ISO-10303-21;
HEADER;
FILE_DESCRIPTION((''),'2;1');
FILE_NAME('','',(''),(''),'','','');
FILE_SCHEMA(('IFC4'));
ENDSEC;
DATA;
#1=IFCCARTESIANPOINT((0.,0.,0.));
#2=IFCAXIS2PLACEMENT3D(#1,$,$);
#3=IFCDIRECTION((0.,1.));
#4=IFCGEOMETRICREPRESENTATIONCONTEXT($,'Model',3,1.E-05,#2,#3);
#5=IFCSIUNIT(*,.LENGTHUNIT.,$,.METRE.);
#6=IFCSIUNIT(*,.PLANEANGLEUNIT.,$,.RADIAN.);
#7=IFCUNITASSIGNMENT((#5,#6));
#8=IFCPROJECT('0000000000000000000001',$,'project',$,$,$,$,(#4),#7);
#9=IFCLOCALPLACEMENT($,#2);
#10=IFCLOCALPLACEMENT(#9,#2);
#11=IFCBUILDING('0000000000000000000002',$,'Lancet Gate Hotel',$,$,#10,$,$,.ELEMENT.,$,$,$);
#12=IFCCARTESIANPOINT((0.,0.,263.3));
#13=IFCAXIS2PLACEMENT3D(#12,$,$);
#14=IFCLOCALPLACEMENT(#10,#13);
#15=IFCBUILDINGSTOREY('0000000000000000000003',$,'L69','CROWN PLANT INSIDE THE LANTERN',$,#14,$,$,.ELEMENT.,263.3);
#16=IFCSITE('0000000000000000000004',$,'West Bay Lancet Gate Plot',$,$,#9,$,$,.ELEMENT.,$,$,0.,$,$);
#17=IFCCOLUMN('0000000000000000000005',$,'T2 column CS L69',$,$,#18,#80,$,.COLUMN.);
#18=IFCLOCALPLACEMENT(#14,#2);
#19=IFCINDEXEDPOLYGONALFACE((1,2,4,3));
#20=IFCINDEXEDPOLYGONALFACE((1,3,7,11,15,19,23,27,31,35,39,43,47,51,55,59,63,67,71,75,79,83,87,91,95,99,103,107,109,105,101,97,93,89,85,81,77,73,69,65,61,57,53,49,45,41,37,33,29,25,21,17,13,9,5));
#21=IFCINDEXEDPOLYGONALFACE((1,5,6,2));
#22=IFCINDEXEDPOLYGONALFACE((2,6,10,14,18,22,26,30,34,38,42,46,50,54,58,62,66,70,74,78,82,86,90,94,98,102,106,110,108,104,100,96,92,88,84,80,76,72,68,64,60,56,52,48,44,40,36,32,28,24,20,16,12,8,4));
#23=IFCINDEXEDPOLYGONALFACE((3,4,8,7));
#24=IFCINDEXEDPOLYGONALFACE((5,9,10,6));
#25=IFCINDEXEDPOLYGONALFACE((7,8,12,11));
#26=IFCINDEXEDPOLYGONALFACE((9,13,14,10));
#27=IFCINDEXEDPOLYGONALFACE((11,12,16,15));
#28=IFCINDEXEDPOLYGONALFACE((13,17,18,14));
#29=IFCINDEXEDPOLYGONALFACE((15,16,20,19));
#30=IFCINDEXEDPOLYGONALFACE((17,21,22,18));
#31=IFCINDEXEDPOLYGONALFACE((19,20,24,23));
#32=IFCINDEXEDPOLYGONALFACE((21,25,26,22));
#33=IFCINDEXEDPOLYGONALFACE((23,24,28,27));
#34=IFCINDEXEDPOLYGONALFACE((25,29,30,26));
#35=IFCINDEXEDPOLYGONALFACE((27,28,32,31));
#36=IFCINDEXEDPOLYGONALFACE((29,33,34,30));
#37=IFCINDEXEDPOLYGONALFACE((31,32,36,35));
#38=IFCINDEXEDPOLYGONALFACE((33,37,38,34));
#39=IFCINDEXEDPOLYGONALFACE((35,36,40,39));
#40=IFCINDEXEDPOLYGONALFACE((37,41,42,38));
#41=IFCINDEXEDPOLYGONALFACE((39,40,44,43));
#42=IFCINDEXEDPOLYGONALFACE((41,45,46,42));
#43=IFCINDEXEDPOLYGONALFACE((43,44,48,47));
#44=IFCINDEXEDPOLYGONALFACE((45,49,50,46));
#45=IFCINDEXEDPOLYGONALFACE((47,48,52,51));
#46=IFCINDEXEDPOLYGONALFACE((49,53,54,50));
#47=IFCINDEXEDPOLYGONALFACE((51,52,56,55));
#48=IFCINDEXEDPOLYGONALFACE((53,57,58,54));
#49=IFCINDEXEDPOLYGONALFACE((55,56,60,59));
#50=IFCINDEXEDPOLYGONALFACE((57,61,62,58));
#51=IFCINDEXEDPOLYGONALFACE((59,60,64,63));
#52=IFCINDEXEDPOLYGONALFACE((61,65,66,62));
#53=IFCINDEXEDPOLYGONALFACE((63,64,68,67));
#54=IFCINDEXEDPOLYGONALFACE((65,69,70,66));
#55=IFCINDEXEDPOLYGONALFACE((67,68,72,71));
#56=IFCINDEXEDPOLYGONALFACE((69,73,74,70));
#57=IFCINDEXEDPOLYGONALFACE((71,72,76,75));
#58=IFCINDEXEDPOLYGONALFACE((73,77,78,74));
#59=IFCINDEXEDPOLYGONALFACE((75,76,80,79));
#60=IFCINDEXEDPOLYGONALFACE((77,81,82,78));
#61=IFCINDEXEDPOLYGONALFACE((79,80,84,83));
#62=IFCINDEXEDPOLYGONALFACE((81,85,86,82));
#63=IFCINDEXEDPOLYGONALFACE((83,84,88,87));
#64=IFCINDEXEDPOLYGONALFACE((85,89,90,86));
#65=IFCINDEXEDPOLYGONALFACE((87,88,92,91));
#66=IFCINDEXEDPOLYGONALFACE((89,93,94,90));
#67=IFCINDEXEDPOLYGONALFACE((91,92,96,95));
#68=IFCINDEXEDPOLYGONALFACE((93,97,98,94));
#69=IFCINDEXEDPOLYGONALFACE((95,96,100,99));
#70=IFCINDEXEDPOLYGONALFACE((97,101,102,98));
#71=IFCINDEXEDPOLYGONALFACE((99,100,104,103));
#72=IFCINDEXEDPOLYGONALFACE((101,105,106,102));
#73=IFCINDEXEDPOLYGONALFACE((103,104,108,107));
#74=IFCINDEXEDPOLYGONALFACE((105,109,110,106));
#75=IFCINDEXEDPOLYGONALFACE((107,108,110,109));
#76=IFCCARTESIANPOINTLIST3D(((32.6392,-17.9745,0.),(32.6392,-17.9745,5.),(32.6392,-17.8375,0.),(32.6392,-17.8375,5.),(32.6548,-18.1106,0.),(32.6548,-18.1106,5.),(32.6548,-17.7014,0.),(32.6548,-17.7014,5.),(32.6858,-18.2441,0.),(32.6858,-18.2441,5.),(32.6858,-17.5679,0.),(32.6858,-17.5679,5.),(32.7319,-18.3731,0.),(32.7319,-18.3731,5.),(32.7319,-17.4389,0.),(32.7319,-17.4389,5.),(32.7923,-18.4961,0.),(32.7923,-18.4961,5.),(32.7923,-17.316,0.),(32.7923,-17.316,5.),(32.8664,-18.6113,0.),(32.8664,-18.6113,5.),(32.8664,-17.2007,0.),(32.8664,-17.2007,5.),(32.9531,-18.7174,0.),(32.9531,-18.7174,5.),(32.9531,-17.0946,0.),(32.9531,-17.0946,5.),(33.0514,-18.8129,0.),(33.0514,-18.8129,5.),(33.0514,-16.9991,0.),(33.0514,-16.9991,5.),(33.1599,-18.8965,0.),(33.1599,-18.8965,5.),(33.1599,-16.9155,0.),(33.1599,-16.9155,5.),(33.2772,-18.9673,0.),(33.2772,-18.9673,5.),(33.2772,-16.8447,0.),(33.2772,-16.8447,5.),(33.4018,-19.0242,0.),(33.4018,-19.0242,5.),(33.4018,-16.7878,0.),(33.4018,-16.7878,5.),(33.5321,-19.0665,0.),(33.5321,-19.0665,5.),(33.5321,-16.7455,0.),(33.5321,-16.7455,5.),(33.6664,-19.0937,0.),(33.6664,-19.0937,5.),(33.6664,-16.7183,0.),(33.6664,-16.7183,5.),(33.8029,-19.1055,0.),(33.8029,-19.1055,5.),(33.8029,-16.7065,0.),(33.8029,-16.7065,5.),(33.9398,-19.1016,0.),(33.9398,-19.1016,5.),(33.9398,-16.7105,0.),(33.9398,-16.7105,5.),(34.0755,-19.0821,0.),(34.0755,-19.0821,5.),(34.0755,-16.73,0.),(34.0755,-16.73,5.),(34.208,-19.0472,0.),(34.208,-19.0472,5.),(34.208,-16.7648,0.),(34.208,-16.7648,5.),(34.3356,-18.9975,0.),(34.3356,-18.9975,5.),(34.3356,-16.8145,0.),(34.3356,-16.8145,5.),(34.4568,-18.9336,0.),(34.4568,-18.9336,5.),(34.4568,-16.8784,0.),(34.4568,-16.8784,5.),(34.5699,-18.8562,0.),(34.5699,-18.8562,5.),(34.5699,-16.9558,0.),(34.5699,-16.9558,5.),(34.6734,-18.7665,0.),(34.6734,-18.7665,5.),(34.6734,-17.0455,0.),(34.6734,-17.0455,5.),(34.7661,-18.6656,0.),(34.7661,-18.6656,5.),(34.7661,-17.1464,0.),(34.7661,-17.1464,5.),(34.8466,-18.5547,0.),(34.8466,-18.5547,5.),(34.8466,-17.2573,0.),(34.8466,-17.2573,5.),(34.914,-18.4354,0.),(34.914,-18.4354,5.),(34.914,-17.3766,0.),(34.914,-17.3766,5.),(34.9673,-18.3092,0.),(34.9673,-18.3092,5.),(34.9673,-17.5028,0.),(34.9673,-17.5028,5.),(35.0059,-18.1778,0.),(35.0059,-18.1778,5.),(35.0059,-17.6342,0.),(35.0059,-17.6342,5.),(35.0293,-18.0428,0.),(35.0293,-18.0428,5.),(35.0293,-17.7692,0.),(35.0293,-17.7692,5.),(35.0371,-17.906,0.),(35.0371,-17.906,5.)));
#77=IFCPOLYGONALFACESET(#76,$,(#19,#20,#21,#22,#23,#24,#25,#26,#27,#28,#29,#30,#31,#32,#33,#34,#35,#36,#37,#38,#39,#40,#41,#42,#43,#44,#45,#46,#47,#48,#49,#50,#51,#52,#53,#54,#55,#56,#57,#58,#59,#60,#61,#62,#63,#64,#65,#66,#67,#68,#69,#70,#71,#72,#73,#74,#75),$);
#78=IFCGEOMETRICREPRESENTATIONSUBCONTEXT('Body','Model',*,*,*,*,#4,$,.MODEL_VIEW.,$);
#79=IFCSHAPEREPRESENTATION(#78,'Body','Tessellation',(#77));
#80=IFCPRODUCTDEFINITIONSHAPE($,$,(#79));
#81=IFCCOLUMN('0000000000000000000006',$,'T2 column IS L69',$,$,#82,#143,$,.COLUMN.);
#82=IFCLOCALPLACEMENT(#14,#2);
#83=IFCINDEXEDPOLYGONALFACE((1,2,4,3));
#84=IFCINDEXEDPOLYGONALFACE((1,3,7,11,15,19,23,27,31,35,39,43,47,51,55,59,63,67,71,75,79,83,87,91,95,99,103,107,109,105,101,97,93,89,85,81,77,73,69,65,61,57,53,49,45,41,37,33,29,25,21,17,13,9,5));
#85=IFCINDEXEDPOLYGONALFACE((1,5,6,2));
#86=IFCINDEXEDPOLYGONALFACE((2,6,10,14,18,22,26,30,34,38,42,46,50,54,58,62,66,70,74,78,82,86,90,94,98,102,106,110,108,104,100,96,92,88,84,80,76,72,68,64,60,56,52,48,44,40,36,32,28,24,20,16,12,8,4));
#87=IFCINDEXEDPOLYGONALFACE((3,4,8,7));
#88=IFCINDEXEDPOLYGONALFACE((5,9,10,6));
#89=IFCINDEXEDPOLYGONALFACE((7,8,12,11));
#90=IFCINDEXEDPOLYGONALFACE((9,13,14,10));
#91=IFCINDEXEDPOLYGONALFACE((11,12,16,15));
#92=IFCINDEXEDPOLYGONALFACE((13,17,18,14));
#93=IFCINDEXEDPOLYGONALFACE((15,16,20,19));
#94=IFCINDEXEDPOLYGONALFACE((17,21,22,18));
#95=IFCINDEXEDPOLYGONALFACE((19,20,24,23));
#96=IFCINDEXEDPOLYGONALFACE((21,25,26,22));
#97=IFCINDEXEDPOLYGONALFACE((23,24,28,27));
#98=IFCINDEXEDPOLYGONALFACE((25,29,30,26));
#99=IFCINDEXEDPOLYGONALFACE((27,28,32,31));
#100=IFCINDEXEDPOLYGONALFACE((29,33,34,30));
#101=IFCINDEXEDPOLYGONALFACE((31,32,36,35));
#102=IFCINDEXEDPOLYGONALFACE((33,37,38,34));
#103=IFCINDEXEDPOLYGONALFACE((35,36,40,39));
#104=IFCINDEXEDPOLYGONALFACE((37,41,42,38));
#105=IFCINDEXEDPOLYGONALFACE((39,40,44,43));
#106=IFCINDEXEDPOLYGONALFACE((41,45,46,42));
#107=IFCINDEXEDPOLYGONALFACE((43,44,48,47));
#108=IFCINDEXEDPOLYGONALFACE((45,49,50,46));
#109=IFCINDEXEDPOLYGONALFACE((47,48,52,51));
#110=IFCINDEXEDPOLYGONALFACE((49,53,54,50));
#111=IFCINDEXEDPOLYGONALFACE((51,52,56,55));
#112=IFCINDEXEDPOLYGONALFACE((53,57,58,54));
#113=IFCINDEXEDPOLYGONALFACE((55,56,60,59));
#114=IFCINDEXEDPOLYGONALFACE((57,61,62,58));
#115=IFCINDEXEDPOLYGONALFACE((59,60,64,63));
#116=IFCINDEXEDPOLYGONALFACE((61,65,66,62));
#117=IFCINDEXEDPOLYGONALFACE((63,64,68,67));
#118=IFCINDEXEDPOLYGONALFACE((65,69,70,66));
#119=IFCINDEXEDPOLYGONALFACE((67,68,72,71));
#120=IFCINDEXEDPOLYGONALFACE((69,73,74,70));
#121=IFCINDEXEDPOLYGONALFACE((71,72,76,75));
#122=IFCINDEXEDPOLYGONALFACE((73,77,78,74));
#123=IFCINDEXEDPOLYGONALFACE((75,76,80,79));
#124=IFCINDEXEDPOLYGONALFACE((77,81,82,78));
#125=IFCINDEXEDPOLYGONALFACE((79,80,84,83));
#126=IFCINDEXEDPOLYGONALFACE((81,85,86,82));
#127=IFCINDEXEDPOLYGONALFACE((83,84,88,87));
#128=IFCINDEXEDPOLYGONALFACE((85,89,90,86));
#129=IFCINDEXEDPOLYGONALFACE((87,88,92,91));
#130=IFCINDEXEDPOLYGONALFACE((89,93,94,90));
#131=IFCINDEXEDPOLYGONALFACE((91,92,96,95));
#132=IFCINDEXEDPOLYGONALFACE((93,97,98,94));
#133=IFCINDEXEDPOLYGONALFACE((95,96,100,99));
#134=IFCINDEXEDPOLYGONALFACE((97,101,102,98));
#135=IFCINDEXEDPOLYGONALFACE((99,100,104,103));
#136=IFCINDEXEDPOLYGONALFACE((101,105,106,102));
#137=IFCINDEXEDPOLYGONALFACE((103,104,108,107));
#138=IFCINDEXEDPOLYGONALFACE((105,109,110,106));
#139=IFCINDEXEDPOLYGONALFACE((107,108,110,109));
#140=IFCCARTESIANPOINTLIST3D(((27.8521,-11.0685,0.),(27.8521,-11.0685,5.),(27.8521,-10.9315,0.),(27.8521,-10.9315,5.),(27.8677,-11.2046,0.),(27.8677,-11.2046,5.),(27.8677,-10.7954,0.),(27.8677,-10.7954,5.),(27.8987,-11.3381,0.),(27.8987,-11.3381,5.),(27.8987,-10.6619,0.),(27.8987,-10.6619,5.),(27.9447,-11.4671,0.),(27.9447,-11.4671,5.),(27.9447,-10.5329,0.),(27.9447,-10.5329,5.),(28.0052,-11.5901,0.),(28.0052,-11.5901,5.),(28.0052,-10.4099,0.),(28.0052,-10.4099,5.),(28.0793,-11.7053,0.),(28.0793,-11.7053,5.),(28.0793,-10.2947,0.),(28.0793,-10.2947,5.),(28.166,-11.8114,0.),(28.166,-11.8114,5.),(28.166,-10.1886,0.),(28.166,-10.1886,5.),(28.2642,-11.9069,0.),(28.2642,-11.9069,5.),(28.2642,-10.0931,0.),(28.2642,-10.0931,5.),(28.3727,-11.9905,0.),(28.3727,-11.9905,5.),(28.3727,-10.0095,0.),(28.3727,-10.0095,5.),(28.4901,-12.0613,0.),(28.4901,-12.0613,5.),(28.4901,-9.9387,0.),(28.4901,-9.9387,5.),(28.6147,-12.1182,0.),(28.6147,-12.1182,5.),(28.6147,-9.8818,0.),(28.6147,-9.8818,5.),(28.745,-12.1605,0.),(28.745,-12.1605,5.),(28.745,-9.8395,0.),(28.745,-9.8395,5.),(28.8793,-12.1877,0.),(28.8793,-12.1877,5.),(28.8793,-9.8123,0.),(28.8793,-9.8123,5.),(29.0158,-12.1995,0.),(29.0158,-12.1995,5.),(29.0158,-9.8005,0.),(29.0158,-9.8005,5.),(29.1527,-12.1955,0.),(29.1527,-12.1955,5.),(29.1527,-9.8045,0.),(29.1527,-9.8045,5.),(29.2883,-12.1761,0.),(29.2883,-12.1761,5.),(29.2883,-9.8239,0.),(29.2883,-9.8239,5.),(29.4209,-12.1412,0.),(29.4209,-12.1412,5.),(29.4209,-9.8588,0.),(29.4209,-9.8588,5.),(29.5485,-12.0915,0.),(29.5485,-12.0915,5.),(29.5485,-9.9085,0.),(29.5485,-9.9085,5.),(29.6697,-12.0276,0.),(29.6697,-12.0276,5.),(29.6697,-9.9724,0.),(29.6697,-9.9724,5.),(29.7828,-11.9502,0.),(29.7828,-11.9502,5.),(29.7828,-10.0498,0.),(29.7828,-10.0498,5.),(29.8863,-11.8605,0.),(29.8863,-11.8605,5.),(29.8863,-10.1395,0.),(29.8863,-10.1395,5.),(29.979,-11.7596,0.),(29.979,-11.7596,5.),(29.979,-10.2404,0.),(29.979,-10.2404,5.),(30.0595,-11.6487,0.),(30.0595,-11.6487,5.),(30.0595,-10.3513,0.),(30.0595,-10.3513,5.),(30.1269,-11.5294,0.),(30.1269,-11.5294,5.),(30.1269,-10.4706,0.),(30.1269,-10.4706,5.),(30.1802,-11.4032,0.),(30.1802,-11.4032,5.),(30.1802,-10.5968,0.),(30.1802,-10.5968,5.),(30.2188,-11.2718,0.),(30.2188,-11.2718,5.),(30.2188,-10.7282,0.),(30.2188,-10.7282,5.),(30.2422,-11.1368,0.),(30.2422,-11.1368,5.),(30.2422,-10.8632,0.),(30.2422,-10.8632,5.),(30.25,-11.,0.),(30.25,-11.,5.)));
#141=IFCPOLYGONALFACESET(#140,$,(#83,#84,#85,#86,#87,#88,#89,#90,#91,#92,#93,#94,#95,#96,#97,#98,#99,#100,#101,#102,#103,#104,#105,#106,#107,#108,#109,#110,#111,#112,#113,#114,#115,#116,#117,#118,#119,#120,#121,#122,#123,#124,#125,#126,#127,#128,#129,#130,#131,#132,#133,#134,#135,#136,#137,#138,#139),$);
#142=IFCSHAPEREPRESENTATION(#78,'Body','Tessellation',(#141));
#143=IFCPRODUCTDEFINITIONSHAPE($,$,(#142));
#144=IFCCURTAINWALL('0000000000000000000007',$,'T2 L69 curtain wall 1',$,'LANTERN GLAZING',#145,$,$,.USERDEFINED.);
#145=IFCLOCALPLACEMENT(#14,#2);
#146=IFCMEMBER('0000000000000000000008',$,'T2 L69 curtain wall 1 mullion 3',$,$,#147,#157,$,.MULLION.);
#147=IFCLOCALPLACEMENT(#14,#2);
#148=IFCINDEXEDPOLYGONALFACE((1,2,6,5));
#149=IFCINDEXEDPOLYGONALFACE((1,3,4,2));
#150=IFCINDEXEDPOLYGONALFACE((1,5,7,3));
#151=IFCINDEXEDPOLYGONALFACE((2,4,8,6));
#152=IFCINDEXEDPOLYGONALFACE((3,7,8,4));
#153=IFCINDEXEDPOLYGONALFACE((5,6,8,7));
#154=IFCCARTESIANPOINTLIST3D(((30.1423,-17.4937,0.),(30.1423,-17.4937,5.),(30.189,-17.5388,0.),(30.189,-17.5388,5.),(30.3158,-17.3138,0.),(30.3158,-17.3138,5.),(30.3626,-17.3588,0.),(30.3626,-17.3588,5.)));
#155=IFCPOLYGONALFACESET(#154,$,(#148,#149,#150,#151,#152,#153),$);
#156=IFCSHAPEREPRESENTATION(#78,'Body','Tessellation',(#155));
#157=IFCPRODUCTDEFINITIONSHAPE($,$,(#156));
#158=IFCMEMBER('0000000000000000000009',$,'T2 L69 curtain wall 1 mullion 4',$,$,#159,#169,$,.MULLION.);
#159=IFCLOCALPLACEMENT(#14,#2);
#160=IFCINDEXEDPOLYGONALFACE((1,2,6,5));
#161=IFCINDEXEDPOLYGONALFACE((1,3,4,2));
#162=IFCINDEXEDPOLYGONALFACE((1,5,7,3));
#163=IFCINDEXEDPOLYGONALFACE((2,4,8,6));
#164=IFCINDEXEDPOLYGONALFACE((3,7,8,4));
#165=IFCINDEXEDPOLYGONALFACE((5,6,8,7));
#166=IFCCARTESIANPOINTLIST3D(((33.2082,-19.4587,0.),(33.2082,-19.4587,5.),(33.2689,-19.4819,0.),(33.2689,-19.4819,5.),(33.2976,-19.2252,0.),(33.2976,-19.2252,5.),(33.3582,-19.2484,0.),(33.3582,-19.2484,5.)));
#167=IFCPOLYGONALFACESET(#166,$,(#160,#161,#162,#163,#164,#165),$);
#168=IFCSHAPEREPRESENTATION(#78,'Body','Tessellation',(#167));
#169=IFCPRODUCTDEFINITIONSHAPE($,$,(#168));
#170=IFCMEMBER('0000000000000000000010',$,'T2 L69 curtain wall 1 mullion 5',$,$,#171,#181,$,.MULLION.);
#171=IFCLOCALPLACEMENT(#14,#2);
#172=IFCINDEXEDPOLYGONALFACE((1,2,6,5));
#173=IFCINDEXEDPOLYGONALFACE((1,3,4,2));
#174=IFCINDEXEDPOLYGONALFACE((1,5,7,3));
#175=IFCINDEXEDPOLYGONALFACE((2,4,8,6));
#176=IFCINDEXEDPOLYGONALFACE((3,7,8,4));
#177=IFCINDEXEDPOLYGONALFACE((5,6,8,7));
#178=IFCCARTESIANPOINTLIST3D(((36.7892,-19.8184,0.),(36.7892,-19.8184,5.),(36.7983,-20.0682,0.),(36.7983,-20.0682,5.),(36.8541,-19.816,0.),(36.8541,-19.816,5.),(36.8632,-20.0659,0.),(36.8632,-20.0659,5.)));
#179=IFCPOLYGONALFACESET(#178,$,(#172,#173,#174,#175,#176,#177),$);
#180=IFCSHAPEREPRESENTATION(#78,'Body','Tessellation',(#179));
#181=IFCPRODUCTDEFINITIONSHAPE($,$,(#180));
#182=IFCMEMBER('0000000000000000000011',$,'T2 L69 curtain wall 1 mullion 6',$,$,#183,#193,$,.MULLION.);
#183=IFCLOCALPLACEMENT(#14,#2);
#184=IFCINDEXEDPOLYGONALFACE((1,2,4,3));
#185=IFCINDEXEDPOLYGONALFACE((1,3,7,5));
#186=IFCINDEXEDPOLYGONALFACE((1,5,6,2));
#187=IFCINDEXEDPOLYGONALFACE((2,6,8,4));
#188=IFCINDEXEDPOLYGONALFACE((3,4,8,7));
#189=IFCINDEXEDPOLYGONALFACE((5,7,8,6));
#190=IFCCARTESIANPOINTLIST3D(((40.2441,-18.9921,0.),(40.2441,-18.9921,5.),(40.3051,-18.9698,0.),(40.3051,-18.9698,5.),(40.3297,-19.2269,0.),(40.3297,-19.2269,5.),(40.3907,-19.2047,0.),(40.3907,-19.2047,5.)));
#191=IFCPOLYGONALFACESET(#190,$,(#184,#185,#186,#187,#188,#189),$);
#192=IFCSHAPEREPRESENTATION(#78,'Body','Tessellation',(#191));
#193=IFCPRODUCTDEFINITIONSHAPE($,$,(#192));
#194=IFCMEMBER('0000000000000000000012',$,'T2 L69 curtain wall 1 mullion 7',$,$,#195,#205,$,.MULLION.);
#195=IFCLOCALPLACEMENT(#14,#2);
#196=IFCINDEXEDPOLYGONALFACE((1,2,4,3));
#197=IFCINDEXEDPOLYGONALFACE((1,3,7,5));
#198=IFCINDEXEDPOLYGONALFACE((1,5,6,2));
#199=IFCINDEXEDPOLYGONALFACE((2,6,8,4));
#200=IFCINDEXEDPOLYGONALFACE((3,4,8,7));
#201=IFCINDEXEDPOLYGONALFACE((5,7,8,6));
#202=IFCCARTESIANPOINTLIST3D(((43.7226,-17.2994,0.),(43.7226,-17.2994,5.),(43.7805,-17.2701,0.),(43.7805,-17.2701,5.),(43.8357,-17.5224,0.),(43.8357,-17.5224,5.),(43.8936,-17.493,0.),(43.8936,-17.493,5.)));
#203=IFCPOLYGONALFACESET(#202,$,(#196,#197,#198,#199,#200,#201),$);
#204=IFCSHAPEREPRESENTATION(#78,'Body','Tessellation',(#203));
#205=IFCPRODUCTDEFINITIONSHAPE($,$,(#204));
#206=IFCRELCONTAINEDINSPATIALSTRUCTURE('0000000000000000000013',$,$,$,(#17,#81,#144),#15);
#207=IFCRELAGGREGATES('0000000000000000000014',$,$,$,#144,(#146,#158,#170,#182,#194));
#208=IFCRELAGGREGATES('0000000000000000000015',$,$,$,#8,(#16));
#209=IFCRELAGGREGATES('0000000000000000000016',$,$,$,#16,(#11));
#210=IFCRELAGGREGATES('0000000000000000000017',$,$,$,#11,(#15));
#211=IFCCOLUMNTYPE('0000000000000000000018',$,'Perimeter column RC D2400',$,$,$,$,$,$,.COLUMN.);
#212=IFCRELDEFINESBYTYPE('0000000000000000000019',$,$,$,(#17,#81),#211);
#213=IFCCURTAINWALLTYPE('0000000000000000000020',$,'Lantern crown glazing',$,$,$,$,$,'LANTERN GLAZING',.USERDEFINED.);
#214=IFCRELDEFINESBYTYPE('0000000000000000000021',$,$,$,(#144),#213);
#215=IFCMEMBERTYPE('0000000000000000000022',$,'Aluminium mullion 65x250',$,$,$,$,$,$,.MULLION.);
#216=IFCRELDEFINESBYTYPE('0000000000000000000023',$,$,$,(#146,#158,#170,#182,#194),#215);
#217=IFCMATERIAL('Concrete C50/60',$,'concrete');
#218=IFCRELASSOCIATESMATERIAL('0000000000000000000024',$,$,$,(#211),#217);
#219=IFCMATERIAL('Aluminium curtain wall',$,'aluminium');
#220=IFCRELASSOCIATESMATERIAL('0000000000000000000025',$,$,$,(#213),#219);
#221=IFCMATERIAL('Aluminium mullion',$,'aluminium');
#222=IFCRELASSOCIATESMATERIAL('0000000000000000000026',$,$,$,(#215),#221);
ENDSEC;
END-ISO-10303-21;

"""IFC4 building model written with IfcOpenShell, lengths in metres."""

from ifc_helpers import new_model, si_unit, direction, frame, origin, origin_2d, place, context, subcontext, project, spatial, rectangle, circle, extrude, material, material_profile, profile_set, type_object, element, aggregate, save


model = new_model("IFC4")

# Units and contexts
model_context = context("Model", 3, precision=1e-05, world=origin(), true_north=direction((0.0, 1.0)))
body_context = subcontext(model_context, "Body", "Model", "MODEL_VIEW")
ifc_project = project(units=[si_unit("LENGTHUNIT", "METRE"), si_unit("PLANEANGLEUNIT", "RADIAN")], contexts=[model_context])

# Site, building, storey
site_placement = place(None, origin())
site = spatial("IfcSite", under=ifc_project, at=site_placement, Name="West Bay Lancet Gate Plot", CompositionType="ELEMENT", RefElevation=0.0)
building_placement = place(site_placement, origin())
building = spatial("IfcBuilding", under=site, at=building_placement, Name="Lancet Gate Hotel", CompositionType="ELEMENT")
storey_placement = place(building_placement, frame((0.0, 0.0, 263.3)))
storey = spatial("IfcBuildingStorey", under=building, at=storey_placement, Name="L69", Description="CROWN PLANT INSIDE THE LANTERN", CompositionType="ELEMENT", Elevation=263.3)

# Columns
ifc_material_1 = material(Name="Concrete C50/60", Category="concrete")
ifc_material_profile_1 = material_profile(ifc_material_1, circle(Radius=1.2, at=origin_2d()), Name="RC D2400")
ifc_profile_set_1 = profile_set([ifc_material_profile_1], Name="Concrete C50/60")
column_type = type_object("IfcColumnType", Name="Perimeter column RC D2400", PredefinedType="COLUMN", material=ifc_profile_set_1)
for number, where, z_axis, x_axis, name in (
    (1, (33.8372, -17.906, 0.0), (0.0, 0.0, 1.0), (1.0, 0.0, 0.0), "T2 column CS L69"),
    (2, (29.05, -11.0, 0.0), (0.0, 0.0, 1.0), (1.0, 0.0, 0.0), "T2 column IS L69"),
):
    element("IfcColumn", number, at=place(storey_placement, frame(where, z_axis=z_axis, x_axis=x_axis)), inside=storey, type_object=column_type, Name=name, PredefinedType="COLUMN", context=body_context, shape_type="SweptSolid", body=[
        extrude(circle(Radius=1.2, at=origin_2d()), origin(), (0.0, 0.0, 1.0), 5.0),
    ])

# Curtain wall, members
ifc_material_2 = material(Name="Aluminium curtain wall", Category="aluminium")
curtain_wall_type = type_object("IfcCurtainWallType", Name="Lantern crown glazing", ElementType="LANTERN GLAZING", PredefinedType="USERDEFINED", material=ifc_material_2)
curtain_wall_placement = place(storey_placement, origin())
curtain_wall = element("IfcCurtainWall", 3, at=curtain_wall_placement, inside=storey, type_object=curtain_wall_type, Name="T2 L69 curtain wall 1", ObjectType="LANTERN GLAZING", PredefinedType="USERDEFINED")
ifc_material_3 = material(Name="Aluminium mullion", Category="aluminium")
ifc_material_profile_2 = material_profile(ifc_material_3, rectangle(XDim=0.0649, YDim=0.25, at=origin_2d()), Name="MULLION 65x250")
ifc_profile_set_2 = profile_set([ifc_material_profile_2], Name="Aluminium mullion")
member_type_1 = type_object("IfcMemberType", Name="Aluminium mullion 65x250", PredefinedType="MULLION", material=ifc_profile_set_2)
member_1_placement = place(storey_placement, frame((30.2524, -17.4263, 0.0), z_axis=(0.0, 0.0, 1.0), x_axis=(0.719809, -0.694172, 0.0)))
member_1 = element("IfcMember", 4, at=member_1_placement, type_object=member_type_1, Name="T2 L69 curtain wall 1 mullion 3", PredefinedType="MULLION", context=body_context, shape_type="SweptSolid", body=[
    extrude(rectangle(XDim=0.0649, YDim=0.25, at=origin_2d()), origin(), (0.0, 0.0, 1.0), 5.0),
])
member_2_placement = place(storey_placement, frame((33.2832, -19.3535, 0.0), z_axis=(0.0, 0.0, 1.0), x_axis=(0.933943, -0.357421, 0.0)))
member_2 = element("IfcMember", 5, at=member_2_placement, type_object=member_type_1, Name="T2 L69 curtain wall 1 mullion 4", PredefinedType="MULLION", context=body_context, shape_type="SweptSolid", body=[
    extrude(rectangle(XDim=0.0649, YDim=0.25, at=origin_2d()), origin(), (0.0, 0.0, 1.0), 5.0),
])
member_3_placement = place(storey_placement, frame((36.8262, -19.9421, 0.0), z_axis=(0.0, 0.0, 1.0), x_axis=(0.999343, 0.03625, 0.0)))
member_3 = element("IfcMember", 6, at=member_3_placement, type_object=member_type_1, Name="T2 L69 curtain wall 1 mullion 5", PredefinedType="MULLION", context=body_context, shape_type="SweptSolid", body=[
    extrude(rectangle(XDim=0.0649, YDim=0.25, at=origin_2d()), origin(), (0.0, 0.0, 1.0), 5.0),
])
member_4_placement = place(storey_placement, frame((40.3174, -19.0984, 0.0), z_axis=(0.0, 0.0, 1.0), x_axis=(0.939484, 0.342593, 0.0)))
member_4 = element("IfcMember", 7, at=member_4_placement, type_object=member_type_1, Name="T2 L69 curtain wall 1 mullion 6", PredefinedType="MULLION", context=body_context, shape_type="SweptSolid", body=[
    extrude(rectangle(XDim=0.0649, YDim=0.25, at=origin_2d()), origin(), (0.0, 0.0, 1.0), 5.0),
])
member_5_placement = place(storey_placement, frame((43.8081, -17.3962, 0.0), z_axis=(0.0, 0.0, 1.0), x_axis=(0.891833, 0.452365, 0.0)))
member_5 = element("IfcMember", 8, at=member_5_placement, type_object=member_type_1, Name="T2 L69 curtain wall 1 mullion 7", PredefinedType="MULLION", context=body_context, shape_type="SweptSolid", body=[
    extrude(rectangle(XDim=0.0649, YDim=0.25, at=origin_2d()), origin(), (0.0, 0.0, 1.0), 5.0),
])

aggregate(curtain_wall, [member_1, member_2, member_3, member_4, member_5])

save(model, "model.ifc")
